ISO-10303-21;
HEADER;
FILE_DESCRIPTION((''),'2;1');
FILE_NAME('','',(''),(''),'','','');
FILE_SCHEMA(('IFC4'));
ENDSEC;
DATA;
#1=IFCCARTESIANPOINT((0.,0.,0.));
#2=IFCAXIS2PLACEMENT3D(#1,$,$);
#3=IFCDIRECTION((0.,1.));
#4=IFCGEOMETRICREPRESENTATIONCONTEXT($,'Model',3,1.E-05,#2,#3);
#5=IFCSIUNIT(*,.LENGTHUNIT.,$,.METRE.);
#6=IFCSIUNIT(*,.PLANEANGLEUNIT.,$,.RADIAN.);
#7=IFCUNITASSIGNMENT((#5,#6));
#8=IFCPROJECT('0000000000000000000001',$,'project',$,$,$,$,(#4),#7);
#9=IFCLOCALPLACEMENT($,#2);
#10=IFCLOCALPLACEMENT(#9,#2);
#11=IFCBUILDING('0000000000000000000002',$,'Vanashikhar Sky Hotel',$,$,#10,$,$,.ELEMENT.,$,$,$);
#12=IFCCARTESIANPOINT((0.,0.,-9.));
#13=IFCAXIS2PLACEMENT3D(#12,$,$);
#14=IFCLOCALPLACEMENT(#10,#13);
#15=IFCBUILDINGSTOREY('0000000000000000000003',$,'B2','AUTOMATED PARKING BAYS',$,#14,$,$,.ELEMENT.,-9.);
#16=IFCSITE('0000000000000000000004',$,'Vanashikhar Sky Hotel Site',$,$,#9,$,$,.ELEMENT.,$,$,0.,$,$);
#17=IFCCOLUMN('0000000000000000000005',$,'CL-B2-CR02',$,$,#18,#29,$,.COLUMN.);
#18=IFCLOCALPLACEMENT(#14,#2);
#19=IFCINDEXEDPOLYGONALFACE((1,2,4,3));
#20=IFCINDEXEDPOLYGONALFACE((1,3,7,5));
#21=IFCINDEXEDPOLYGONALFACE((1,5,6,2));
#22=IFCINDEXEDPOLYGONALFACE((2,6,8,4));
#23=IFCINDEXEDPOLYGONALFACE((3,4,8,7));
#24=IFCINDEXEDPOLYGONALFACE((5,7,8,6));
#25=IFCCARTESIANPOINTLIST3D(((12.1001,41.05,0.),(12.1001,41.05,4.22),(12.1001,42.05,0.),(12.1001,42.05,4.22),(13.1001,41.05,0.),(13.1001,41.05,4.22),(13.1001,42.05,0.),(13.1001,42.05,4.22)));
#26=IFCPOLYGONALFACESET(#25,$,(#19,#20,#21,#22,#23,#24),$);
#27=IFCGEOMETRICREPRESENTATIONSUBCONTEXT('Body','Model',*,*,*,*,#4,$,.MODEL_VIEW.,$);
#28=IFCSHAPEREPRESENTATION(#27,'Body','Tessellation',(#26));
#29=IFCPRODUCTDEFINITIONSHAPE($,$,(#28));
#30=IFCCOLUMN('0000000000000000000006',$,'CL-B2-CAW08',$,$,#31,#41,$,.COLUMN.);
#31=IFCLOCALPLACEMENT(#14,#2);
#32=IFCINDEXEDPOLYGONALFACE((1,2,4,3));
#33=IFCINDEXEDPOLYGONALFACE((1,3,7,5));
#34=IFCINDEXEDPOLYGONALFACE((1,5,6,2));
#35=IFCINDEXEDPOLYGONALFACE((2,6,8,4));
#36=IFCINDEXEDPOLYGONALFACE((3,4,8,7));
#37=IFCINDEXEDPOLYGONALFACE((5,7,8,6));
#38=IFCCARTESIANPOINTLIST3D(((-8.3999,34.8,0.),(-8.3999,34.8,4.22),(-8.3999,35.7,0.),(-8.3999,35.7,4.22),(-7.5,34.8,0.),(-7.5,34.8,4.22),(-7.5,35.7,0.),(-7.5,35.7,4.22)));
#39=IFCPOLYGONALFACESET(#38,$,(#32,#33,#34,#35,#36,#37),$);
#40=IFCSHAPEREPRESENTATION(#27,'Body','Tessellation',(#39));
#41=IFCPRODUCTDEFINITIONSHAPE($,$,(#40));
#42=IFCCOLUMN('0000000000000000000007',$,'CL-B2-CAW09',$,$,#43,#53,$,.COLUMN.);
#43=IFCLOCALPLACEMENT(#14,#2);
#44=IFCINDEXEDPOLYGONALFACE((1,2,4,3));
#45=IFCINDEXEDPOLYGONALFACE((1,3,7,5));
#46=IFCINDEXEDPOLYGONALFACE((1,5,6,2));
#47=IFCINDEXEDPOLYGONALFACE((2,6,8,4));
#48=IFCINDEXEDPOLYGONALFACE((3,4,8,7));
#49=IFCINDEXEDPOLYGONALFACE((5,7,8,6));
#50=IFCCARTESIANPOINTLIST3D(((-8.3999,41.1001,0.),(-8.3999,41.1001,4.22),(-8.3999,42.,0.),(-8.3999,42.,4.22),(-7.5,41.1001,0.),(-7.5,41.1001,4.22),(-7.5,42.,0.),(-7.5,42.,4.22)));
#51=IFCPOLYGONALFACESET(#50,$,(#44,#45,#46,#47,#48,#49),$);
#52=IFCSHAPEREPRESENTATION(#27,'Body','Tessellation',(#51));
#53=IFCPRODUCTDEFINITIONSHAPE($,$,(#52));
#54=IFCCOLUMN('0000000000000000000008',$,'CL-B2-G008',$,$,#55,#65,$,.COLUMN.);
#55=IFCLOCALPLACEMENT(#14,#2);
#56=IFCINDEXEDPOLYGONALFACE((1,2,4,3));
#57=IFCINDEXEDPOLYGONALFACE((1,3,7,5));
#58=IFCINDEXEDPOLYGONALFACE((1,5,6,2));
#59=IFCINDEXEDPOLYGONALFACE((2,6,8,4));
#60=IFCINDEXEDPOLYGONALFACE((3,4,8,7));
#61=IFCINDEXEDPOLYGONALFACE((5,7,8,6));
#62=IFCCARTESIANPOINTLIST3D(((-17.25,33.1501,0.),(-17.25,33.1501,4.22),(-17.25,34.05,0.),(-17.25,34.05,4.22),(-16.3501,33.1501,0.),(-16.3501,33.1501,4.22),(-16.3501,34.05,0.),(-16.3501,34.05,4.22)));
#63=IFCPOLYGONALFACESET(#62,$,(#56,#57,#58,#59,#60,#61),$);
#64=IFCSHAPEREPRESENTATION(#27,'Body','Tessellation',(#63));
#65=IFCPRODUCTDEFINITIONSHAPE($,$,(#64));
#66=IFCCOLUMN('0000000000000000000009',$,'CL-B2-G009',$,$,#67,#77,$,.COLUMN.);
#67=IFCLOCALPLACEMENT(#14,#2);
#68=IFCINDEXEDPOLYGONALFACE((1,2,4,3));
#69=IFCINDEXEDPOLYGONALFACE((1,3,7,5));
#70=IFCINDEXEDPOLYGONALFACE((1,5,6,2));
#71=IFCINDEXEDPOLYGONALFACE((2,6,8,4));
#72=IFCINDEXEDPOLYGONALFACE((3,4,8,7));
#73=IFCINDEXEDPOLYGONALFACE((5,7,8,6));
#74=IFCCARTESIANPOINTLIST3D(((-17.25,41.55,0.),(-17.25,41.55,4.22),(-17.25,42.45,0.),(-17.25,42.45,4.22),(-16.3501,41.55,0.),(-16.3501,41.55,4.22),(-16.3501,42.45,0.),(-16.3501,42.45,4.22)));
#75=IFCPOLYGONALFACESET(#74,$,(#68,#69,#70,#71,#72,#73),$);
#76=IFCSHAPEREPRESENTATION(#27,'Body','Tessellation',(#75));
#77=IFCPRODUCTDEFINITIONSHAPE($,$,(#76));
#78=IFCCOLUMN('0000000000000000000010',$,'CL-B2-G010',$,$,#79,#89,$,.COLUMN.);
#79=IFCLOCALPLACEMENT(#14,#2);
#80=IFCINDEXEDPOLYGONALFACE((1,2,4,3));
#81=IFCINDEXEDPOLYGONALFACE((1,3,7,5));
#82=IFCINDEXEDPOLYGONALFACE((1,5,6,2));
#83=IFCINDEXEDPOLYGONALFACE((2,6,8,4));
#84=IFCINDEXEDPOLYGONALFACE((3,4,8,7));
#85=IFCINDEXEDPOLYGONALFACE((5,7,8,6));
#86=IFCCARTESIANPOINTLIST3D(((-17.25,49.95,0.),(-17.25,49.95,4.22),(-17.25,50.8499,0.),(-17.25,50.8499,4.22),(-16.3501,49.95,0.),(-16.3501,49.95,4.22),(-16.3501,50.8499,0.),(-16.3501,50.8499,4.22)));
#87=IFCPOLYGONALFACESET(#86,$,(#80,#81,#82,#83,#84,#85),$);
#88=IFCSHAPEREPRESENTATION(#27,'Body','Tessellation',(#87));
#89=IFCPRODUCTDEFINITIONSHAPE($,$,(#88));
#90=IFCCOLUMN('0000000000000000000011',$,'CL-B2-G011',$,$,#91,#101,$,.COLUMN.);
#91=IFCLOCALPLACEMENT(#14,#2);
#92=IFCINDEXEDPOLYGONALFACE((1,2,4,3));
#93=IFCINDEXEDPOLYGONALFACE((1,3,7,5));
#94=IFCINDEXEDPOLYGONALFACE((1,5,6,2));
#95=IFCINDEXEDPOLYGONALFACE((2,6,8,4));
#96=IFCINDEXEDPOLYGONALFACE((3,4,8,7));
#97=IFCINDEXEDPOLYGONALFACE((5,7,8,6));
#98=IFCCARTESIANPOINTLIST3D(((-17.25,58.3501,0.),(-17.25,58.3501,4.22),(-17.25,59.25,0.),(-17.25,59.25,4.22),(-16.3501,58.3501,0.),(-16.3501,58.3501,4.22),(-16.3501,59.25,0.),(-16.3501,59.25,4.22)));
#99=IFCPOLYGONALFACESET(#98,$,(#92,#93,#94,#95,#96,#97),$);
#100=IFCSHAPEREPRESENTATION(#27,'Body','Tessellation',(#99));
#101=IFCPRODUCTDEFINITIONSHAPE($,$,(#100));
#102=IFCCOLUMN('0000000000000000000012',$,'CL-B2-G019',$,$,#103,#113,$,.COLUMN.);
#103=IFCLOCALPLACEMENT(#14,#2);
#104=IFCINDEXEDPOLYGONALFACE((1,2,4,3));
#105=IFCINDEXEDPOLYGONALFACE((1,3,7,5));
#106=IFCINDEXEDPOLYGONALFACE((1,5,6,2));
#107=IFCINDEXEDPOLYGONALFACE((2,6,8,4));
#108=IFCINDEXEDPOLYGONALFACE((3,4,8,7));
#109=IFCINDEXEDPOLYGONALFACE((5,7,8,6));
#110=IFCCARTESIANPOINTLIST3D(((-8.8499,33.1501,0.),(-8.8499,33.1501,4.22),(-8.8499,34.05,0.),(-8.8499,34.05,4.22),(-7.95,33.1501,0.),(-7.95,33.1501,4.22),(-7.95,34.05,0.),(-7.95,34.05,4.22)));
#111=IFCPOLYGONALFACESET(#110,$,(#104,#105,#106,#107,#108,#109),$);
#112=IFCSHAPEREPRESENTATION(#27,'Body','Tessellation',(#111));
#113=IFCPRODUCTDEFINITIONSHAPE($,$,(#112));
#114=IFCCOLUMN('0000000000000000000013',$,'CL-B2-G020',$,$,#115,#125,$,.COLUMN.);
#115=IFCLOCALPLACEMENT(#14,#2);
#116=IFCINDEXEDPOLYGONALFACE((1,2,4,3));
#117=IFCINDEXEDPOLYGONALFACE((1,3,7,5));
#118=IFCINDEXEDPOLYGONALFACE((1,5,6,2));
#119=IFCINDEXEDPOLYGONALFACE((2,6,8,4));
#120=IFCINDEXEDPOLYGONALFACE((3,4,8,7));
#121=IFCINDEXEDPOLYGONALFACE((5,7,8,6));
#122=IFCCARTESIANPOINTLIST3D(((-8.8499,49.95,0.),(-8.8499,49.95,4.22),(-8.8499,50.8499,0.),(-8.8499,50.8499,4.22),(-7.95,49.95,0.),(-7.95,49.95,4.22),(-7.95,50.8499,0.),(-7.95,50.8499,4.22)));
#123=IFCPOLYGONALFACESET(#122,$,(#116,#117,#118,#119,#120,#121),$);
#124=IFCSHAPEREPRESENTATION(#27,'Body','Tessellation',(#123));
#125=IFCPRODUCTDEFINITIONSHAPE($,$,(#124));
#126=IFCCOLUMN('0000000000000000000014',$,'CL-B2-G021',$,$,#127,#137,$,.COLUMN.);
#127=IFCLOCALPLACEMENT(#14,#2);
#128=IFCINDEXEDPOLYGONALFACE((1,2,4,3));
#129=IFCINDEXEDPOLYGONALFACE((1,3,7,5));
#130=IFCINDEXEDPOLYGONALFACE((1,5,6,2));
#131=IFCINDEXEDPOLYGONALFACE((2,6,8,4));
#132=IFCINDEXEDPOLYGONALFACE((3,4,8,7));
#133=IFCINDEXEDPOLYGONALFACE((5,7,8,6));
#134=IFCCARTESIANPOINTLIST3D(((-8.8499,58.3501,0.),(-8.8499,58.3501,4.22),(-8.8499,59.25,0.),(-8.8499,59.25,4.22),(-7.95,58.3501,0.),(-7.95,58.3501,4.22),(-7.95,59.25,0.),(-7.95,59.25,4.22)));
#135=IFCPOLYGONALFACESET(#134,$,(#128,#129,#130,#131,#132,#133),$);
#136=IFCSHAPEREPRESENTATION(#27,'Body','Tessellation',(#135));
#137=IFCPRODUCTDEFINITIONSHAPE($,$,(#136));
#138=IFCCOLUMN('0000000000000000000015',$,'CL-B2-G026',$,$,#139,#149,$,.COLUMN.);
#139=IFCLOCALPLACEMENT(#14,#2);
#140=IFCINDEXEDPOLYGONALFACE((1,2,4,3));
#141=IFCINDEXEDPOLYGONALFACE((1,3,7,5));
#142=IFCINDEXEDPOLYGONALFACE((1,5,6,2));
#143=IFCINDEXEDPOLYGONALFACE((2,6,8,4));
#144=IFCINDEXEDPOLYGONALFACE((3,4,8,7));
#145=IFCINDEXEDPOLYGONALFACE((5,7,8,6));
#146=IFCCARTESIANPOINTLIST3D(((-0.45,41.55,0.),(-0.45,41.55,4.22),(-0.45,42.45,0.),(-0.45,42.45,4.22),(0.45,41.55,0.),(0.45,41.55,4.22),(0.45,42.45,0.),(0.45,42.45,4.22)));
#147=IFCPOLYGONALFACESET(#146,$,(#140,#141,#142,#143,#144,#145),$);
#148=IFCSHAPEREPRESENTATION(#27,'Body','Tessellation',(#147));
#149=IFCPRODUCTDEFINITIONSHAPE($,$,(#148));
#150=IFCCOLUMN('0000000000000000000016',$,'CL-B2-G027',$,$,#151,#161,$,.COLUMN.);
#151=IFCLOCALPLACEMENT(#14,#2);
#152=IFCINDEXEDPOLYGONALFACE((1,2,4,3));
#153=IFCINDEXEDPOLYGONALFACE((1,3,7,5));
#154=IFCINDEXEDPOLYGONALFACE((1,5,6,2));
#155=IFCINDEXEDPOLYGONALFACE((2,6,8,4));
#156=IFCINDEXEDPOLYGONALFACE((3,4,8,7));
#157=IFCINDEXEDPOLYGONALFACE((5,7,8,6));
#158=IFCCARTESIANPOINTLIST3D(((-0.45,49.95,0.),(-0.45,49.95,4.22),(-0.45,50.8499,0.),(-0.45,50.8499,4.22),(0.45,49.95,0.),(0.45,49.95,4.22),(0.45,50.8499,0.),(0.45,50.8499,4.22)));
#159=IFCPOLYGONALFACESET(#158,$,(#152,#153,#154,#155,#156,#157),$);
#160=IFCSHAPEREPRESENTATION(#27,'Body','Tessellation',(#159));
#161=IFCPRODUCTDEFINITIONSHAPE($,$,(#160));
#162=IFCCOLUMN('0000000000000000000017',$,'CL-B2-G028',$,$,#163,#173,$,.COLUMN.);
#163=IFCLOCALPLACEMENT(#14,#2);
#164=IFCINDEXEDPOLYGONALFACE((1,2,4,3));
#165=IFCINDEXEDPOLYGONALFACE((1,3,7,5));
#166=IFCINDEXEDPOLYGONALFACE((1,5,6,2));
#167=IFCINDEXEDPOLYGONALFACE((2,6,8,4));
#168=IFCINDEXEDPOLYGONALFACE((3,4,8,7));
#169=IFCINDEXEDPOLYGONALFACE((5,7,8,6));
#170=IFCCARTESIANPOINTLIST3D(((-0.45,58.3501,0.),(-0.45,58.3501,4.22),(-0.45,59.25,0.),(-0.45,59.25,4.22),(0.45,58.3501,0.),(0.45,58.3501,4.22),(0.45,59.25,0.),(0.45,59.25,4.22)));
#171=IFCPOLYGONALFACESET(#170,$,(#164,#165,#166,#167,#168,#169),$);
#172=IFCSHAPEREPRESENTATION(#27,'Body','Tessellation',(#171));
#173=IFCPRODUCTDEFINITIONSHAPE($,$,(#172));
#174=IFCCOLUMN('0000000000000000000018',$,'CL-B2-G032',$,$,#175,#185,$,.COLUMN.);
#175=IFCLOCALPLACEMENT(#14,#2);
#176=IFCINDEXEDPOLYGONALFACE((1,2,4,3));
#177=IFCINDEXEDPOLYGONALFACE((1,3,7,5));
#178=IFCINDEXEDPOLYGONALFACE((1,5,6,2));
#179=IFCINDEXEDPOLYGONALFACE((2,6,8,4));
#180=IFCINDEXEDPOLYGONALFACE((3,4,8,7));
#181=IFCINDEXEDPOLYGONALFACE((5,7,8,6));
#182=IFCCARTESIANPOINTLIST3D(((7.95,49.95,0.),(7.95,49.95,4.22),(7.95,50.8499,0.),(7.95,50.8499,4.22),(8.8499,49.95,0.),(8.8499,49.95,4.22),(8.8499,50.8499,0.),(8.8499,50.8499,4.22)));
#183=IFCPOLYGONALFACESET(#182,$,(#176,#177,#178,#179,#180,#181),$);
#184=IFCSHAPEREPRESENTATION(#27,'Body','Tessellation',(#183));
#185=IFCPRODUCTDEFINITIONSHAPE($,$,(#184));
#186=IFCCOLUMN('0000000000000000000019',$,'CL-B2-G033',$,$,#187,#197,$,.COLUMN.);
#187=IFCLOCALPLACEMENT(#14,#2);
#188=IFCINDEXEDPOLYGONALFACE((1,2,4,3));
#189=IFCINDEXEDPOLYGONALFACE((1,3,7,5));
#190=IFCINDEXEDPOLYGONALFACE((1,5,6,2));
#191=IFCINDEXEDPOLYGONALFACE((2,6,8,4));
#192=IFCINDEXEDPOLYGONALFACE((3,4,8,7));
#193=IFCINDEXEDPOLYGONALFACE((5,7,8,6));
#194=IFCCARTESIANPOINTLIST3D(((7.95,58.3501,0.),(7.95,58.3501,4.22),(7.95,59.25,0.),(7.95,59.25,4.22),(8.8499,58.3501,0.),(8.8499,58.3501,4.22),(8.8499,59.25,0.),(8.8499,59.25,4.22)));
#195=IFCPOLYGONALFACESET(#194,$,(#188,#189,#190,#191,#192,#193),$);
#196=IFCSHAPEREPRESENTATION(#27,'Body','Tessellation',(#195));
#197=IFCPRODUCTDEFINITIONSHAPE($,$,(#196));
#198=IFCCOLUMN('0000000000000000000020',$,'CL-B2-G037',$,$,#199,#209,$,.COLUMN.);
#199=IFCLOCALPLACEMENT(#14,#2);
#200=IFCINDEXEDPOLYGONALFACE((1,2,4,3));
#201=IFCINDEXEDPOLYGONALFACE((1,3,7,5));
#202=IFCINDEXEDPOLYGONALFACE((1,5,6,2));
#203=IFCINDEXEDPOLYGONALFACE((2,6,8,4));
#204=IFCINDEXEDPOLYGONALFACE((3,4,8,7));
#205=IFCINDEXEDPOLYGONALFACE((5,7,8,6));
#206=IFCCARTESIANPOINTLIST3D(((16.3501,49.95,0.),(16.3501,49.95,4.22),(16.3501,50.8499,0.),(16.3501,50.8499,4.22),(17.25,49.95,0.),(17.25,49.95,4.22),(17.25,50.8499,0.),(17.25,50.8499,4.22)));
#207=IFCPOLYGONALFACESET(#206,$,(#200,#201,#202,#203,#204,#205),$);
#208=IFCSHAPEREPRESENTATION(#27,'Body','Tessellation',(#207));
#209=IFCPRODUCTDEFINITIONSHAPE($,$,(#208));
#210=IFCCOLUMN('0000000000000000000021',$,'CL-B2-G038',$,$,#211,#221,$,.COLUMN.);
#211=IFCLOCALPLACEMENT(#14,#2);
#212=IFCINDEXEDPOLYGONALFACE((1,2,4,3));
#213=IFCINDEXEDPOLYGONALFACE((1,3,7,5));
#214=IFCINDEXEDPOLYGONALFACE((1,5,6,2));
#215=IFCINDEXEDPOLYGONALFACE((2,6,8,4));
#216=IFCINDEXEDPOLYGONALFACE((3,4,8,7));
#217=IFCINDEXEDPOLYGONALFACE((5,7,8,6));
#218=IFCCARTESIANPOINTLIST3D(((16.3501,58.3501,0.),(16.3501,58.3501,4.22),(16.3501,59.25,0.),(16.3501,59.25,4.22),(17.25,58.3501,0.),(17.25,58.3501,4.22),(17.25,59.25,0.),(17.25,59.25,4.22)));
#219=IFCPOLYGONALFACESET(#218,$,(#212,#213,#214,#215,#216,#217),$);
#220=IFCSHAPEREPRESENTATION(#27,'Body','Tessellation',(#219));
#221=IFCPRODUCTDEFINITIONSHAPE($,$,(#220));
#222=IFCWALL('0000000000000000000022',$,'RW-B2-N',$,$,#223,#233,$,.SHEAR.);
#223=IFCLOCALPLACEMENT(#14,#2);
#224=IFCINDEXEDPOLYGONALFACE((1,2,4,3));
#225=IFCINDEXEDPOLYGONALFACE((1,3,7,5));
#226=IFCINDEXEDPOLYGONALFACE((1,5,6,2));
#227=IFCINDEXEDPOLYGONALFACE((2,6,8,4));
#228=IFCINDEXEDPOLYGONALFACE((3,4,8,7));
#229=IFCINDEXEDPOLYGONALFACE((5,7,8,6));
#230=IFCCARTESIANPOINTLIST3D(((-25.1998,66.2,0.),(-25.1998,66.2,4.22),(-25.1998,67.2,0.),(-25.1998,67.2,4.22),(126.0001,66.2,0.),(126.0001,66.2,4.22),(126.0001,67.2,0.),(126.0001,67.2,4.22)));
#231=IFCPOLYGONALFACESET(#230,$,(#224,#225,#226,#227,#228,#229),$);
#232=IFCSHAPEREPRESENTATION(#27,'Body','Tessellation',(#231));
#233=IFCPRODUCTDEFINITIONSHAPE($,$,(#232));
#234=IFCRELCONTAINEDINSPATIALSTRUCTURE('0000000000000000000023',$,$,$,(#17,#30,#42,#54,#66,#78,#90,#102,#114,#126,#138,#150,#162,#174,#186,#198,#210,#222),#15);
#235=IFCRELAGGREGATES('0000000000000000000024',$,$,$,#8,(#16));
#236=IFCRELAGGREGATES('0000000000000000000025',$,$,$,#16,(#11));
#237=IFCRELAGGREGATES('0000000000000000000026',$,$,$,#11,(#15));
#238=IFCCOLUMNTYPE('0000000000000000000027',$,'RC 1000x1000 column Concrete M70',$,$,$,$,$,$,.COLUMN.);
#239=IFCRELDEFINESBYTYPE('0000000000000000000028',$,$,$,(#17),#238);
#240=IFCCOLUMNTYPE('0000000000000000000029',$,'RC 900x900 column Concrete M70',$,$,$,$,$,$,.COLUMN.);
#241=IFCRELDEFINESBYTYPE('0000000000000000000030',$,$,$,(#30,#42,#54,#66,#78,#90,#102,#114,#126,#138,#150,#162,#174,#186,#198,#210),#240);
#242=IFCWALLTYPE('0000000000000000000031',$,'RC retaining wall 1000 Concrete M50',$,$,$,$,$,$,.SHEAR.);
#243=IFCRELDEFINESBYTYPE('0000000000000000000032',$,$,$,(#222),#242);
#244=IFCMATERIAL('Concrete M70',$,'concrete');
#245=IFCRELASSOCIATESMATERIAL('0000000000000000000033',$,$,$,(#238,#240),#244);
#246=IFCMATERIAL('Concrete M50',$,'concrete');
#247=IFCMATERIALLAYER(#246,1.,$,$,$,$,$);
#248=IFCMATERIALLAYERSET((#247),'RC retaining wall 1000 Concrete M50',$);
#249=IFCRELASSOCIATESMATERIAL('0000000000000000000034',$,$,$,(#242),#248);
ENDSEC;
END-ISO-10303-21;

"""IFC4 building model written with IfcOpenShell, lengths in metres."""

from ifc_helpers import new_model, si_unit, direction, frame, frame_2d, origin, origin_2d, place, context, subcontext, project, spatial, rectangle, extrude, source, transform, mapped, material, layer, layer_set, material_profile, profile_set, type_object, element, save


model = new_model("IFC4")

# Units and contexts
model_context = context("Model", 3, precision=1e-05, world=origin(), true_north=direction((0.0, 1.0)))
body_context = subcontext(model_context, "Body", "Model", "MODEL_VIEW")
ifc_project = project(units=[si_unit("LENGTHUNIT", "METRE"), si_unit("PLANEANGLEUNIT", "RADIAN")], contexts=[model_context])

# Site, building, storey
site_placement = place(None, origin())
site = spatial("IfcSite", under=ifc_project, at=site_placement, Name="Vanashikhar Sky Hotel Site", CompositionType="ELEMENT", RefElevation=0.0)
building_placement = place(site_placement, origin())
building = spatial("IfcBuilding", under=site, at=building_placement, Name="Vanashikhar Sky Hotel", CompositionType="ELEMENT")
storey_placement = place(building_placement, frame((0.0, 0.0, -9.0)))
storey = spatial("IfcBuildingStorey", under=building, at=storey_placement, Name="B2", Description="AUTOMATED PARKING BAYS", CompositionType="ELEMENT", Elevation=-9.0)

# Columns
ifc_material_1 = material(Name="Concrete M70", Category="concrete")
ifc_material_profile_1 = material_profile(ifc_material_1, rectangle(XDim=1.0, YDim=1.0, at=origin_2d()))
ifc_profile_set_1 = profile_set([ifc_material_profile_1], Name="RC 1000x1000 column Concrete M70")
column_type_1 = type_object("IfcColumnType", Name="RC 1000x1000 column Concrete M70", PredefinedType="COLUMN", material=ifc_profile_set_1)
shared_shape_1 = source(origin(), body_context, "Body", "SweptSolid", [
    extrude(rectangle(XDim=1.0, YDim=1.0, at=origin_2d()), origin(), (0.0, 0.0, 1.0), 4.22),
])
column_placement = place(storey_placement, frame((12.6001, 41.55, 0.0), z_axis=(0.0, 0.0, 1.0), x_axis=(1.0, 0.0, 0.0)))
element("IfcColumn", 1, at=column_placement, inside=storey, type_object=column_type_1, Name="CL-B2-CR02", PredefinedType="COLUMN", context=body_context, shape_type="MappedRepresentation", body=[
    mapped(shared_shape_1, transform((0.0, 0.0, 0.0), scale=1.0)),
])
ifc_material_profile_2 = material_profile(ifc_material_1, rectangle(XDim=0.8999, YDim=0.8999, at=origin_2d()))
ifc_profile_set_2 = profile_set([ifc_material_profile_2], Name="RC 900x900 column Concrete M70")
column_type_2 = type_object("IfcColumnType", Name="RC 900x900 column Concrete M70", PredefinedType="COLUMN", material=ifc_profile_set_2)
shared_shape_2 = source(origin(), body_context, "Body", "SweptSolid", [
    extrude(rectangle(XDim=0.8999, YDim=0.8999, at=origin_2d()), origin(), (0.0, 0.0, 1.0), 4.22),
])
for number, where, z_axis, x_axis, name in (
    (2, (-7.95, 35.25, 0.0), (0.0, 0.0, 1.0), (1.0, 0.0, 0.0), "CL-B2-CAW08"),
    (3, (-7.95, 41.55, 0.0), (0.0, 0.0, 1.0), (1.0, 0.0, 0.0), "CL-B2-CAW09"),
    (4, (-16.8, 33.6001, 0.0), (0.0, 0.0, 1.0), (1.0, 0.0, 0.0), "CL-B2-G008"),
    (5, (-16.8, 42.0, 0.0), (0.0, 0.0, 1.0), (1.0, 0.0, 0.0), "CL-B2-G009"),
    (6, (-16.8, 50.3999, 0.0), (0.0, 0.0, 1.0), (1.0, 0.0, 0.0), "CL-B2-G010"),
    (7, (-16.8, 58.8, 0.0), (0.0, 0.0, 1.0), (1.0, 0.0, 0.0), "CL-B2-G011"),
    (8, (-8.3999, 33.6001, 0.0), (0.0, 0.0, 1.0), (1.0, 0.0, 0.0), "CL-B2-G019"),
    (9, (-8.3999, 50.3999, 0.0), (0.0, 0.0, 1.0), (1.0, 0.0, 0.0), "CL-B2-G020"),
    (10, (-8.3999, 58.8, 0.0), (0.0, 0.0, 1.0), (1.0, 0.0, 0.0), "CL-B2-G021"),
    (11, (0.0, 42.0, 0.0), (0.0, 0.0, 1.0), (1.0, 0.0, 0.0), "CL-B2-G026"),
    (12, (0.0, 50.3999, 0.0), (0.0, 0.0, 1.0), (1.0, 0.0, 0.0), "CL-B2-G027"),
    (13, (0.0, 58.8, 0.0), (0.0, 0.0, 1.0), (1.0, 0.0, 0.0), "CL-B2-G028"),
    (14, (8.3999, 50.3999, 0.0), (0.0, 0.0, 1.0), (1.0, 0.0, 0.0), "CL-B2-G032"),
    (15, (8.3999, 58.8, 0.0), (0.0, 0.0, 1.0), (1.0, 0.0, 0.0), "CL-B2-G033"),
    (16, (16.8, 50.3999, 0.0), (0.0, 0.0, 1.0), (1.0, 0.0, 0.0), "CL-B2-G037"),
    (17, (16.8, 58.8, 0.0), (0.0, 0.0, 1.0), (1.0, 0.0, 0.0), "CL-B2-G038"),
):
    element("IfcColumn", number, at=place(storey_placement, frame(where, z_axis=z_axis, x_axis=x_axis)), inside=storey, type_object=column_type_2, Name=name, PredefinedType="COLUMN", context=body_context, shape_type="MappedRepresentation", body=[
        mapped(shared_shape_2, transform((0.0, 0.0, 0.0), scale=1.0)),
    ])

# Wall
ifc_material_2 = material(Name="Concrete M50", Category="concrete")
ifc_layer_1 = layer(ifc_material_2, 1.0)
ifc_layer_set_1 = layer_set([ifc_layer_1], Name="RC retaining wall 1000 Concrete M50")
wall_type_1 = type_object("IfcWallType", Name="RC retaining wall 1000 Concrete M50", PredefinedType="SHEAR", material=ifc_layer_set_1)
shared_shape_3 = source(origin(), body_context, "Body", "SweptSolid", [
    extrude(rectangle(XDim=151.2, YDim=1.0, at=frame_2d((75.6001, 0.0))), origin(), (0.0, 0.0, 1.0), 4.22),
])
wall_1_placement = place(storey_placement, frame((-25.2, 66.7, 0.0), z_axis=(0.0, 0.0, 1.0), x_axis=(1.0, 0.0, 0.0)))
element("IfcWall", 18, at=wall_1_placement, inside=storey, type_object=wall_type_1, Name="RW-B2-N", PredefinedType="SHEAR", context=body_context, shape_type="MappedRepresentation", body=[
    mapped(shared_shape_3, transform((0.0, 0.0, 0.0), scale=1.0)),
])

save(model, "model.ifc")
